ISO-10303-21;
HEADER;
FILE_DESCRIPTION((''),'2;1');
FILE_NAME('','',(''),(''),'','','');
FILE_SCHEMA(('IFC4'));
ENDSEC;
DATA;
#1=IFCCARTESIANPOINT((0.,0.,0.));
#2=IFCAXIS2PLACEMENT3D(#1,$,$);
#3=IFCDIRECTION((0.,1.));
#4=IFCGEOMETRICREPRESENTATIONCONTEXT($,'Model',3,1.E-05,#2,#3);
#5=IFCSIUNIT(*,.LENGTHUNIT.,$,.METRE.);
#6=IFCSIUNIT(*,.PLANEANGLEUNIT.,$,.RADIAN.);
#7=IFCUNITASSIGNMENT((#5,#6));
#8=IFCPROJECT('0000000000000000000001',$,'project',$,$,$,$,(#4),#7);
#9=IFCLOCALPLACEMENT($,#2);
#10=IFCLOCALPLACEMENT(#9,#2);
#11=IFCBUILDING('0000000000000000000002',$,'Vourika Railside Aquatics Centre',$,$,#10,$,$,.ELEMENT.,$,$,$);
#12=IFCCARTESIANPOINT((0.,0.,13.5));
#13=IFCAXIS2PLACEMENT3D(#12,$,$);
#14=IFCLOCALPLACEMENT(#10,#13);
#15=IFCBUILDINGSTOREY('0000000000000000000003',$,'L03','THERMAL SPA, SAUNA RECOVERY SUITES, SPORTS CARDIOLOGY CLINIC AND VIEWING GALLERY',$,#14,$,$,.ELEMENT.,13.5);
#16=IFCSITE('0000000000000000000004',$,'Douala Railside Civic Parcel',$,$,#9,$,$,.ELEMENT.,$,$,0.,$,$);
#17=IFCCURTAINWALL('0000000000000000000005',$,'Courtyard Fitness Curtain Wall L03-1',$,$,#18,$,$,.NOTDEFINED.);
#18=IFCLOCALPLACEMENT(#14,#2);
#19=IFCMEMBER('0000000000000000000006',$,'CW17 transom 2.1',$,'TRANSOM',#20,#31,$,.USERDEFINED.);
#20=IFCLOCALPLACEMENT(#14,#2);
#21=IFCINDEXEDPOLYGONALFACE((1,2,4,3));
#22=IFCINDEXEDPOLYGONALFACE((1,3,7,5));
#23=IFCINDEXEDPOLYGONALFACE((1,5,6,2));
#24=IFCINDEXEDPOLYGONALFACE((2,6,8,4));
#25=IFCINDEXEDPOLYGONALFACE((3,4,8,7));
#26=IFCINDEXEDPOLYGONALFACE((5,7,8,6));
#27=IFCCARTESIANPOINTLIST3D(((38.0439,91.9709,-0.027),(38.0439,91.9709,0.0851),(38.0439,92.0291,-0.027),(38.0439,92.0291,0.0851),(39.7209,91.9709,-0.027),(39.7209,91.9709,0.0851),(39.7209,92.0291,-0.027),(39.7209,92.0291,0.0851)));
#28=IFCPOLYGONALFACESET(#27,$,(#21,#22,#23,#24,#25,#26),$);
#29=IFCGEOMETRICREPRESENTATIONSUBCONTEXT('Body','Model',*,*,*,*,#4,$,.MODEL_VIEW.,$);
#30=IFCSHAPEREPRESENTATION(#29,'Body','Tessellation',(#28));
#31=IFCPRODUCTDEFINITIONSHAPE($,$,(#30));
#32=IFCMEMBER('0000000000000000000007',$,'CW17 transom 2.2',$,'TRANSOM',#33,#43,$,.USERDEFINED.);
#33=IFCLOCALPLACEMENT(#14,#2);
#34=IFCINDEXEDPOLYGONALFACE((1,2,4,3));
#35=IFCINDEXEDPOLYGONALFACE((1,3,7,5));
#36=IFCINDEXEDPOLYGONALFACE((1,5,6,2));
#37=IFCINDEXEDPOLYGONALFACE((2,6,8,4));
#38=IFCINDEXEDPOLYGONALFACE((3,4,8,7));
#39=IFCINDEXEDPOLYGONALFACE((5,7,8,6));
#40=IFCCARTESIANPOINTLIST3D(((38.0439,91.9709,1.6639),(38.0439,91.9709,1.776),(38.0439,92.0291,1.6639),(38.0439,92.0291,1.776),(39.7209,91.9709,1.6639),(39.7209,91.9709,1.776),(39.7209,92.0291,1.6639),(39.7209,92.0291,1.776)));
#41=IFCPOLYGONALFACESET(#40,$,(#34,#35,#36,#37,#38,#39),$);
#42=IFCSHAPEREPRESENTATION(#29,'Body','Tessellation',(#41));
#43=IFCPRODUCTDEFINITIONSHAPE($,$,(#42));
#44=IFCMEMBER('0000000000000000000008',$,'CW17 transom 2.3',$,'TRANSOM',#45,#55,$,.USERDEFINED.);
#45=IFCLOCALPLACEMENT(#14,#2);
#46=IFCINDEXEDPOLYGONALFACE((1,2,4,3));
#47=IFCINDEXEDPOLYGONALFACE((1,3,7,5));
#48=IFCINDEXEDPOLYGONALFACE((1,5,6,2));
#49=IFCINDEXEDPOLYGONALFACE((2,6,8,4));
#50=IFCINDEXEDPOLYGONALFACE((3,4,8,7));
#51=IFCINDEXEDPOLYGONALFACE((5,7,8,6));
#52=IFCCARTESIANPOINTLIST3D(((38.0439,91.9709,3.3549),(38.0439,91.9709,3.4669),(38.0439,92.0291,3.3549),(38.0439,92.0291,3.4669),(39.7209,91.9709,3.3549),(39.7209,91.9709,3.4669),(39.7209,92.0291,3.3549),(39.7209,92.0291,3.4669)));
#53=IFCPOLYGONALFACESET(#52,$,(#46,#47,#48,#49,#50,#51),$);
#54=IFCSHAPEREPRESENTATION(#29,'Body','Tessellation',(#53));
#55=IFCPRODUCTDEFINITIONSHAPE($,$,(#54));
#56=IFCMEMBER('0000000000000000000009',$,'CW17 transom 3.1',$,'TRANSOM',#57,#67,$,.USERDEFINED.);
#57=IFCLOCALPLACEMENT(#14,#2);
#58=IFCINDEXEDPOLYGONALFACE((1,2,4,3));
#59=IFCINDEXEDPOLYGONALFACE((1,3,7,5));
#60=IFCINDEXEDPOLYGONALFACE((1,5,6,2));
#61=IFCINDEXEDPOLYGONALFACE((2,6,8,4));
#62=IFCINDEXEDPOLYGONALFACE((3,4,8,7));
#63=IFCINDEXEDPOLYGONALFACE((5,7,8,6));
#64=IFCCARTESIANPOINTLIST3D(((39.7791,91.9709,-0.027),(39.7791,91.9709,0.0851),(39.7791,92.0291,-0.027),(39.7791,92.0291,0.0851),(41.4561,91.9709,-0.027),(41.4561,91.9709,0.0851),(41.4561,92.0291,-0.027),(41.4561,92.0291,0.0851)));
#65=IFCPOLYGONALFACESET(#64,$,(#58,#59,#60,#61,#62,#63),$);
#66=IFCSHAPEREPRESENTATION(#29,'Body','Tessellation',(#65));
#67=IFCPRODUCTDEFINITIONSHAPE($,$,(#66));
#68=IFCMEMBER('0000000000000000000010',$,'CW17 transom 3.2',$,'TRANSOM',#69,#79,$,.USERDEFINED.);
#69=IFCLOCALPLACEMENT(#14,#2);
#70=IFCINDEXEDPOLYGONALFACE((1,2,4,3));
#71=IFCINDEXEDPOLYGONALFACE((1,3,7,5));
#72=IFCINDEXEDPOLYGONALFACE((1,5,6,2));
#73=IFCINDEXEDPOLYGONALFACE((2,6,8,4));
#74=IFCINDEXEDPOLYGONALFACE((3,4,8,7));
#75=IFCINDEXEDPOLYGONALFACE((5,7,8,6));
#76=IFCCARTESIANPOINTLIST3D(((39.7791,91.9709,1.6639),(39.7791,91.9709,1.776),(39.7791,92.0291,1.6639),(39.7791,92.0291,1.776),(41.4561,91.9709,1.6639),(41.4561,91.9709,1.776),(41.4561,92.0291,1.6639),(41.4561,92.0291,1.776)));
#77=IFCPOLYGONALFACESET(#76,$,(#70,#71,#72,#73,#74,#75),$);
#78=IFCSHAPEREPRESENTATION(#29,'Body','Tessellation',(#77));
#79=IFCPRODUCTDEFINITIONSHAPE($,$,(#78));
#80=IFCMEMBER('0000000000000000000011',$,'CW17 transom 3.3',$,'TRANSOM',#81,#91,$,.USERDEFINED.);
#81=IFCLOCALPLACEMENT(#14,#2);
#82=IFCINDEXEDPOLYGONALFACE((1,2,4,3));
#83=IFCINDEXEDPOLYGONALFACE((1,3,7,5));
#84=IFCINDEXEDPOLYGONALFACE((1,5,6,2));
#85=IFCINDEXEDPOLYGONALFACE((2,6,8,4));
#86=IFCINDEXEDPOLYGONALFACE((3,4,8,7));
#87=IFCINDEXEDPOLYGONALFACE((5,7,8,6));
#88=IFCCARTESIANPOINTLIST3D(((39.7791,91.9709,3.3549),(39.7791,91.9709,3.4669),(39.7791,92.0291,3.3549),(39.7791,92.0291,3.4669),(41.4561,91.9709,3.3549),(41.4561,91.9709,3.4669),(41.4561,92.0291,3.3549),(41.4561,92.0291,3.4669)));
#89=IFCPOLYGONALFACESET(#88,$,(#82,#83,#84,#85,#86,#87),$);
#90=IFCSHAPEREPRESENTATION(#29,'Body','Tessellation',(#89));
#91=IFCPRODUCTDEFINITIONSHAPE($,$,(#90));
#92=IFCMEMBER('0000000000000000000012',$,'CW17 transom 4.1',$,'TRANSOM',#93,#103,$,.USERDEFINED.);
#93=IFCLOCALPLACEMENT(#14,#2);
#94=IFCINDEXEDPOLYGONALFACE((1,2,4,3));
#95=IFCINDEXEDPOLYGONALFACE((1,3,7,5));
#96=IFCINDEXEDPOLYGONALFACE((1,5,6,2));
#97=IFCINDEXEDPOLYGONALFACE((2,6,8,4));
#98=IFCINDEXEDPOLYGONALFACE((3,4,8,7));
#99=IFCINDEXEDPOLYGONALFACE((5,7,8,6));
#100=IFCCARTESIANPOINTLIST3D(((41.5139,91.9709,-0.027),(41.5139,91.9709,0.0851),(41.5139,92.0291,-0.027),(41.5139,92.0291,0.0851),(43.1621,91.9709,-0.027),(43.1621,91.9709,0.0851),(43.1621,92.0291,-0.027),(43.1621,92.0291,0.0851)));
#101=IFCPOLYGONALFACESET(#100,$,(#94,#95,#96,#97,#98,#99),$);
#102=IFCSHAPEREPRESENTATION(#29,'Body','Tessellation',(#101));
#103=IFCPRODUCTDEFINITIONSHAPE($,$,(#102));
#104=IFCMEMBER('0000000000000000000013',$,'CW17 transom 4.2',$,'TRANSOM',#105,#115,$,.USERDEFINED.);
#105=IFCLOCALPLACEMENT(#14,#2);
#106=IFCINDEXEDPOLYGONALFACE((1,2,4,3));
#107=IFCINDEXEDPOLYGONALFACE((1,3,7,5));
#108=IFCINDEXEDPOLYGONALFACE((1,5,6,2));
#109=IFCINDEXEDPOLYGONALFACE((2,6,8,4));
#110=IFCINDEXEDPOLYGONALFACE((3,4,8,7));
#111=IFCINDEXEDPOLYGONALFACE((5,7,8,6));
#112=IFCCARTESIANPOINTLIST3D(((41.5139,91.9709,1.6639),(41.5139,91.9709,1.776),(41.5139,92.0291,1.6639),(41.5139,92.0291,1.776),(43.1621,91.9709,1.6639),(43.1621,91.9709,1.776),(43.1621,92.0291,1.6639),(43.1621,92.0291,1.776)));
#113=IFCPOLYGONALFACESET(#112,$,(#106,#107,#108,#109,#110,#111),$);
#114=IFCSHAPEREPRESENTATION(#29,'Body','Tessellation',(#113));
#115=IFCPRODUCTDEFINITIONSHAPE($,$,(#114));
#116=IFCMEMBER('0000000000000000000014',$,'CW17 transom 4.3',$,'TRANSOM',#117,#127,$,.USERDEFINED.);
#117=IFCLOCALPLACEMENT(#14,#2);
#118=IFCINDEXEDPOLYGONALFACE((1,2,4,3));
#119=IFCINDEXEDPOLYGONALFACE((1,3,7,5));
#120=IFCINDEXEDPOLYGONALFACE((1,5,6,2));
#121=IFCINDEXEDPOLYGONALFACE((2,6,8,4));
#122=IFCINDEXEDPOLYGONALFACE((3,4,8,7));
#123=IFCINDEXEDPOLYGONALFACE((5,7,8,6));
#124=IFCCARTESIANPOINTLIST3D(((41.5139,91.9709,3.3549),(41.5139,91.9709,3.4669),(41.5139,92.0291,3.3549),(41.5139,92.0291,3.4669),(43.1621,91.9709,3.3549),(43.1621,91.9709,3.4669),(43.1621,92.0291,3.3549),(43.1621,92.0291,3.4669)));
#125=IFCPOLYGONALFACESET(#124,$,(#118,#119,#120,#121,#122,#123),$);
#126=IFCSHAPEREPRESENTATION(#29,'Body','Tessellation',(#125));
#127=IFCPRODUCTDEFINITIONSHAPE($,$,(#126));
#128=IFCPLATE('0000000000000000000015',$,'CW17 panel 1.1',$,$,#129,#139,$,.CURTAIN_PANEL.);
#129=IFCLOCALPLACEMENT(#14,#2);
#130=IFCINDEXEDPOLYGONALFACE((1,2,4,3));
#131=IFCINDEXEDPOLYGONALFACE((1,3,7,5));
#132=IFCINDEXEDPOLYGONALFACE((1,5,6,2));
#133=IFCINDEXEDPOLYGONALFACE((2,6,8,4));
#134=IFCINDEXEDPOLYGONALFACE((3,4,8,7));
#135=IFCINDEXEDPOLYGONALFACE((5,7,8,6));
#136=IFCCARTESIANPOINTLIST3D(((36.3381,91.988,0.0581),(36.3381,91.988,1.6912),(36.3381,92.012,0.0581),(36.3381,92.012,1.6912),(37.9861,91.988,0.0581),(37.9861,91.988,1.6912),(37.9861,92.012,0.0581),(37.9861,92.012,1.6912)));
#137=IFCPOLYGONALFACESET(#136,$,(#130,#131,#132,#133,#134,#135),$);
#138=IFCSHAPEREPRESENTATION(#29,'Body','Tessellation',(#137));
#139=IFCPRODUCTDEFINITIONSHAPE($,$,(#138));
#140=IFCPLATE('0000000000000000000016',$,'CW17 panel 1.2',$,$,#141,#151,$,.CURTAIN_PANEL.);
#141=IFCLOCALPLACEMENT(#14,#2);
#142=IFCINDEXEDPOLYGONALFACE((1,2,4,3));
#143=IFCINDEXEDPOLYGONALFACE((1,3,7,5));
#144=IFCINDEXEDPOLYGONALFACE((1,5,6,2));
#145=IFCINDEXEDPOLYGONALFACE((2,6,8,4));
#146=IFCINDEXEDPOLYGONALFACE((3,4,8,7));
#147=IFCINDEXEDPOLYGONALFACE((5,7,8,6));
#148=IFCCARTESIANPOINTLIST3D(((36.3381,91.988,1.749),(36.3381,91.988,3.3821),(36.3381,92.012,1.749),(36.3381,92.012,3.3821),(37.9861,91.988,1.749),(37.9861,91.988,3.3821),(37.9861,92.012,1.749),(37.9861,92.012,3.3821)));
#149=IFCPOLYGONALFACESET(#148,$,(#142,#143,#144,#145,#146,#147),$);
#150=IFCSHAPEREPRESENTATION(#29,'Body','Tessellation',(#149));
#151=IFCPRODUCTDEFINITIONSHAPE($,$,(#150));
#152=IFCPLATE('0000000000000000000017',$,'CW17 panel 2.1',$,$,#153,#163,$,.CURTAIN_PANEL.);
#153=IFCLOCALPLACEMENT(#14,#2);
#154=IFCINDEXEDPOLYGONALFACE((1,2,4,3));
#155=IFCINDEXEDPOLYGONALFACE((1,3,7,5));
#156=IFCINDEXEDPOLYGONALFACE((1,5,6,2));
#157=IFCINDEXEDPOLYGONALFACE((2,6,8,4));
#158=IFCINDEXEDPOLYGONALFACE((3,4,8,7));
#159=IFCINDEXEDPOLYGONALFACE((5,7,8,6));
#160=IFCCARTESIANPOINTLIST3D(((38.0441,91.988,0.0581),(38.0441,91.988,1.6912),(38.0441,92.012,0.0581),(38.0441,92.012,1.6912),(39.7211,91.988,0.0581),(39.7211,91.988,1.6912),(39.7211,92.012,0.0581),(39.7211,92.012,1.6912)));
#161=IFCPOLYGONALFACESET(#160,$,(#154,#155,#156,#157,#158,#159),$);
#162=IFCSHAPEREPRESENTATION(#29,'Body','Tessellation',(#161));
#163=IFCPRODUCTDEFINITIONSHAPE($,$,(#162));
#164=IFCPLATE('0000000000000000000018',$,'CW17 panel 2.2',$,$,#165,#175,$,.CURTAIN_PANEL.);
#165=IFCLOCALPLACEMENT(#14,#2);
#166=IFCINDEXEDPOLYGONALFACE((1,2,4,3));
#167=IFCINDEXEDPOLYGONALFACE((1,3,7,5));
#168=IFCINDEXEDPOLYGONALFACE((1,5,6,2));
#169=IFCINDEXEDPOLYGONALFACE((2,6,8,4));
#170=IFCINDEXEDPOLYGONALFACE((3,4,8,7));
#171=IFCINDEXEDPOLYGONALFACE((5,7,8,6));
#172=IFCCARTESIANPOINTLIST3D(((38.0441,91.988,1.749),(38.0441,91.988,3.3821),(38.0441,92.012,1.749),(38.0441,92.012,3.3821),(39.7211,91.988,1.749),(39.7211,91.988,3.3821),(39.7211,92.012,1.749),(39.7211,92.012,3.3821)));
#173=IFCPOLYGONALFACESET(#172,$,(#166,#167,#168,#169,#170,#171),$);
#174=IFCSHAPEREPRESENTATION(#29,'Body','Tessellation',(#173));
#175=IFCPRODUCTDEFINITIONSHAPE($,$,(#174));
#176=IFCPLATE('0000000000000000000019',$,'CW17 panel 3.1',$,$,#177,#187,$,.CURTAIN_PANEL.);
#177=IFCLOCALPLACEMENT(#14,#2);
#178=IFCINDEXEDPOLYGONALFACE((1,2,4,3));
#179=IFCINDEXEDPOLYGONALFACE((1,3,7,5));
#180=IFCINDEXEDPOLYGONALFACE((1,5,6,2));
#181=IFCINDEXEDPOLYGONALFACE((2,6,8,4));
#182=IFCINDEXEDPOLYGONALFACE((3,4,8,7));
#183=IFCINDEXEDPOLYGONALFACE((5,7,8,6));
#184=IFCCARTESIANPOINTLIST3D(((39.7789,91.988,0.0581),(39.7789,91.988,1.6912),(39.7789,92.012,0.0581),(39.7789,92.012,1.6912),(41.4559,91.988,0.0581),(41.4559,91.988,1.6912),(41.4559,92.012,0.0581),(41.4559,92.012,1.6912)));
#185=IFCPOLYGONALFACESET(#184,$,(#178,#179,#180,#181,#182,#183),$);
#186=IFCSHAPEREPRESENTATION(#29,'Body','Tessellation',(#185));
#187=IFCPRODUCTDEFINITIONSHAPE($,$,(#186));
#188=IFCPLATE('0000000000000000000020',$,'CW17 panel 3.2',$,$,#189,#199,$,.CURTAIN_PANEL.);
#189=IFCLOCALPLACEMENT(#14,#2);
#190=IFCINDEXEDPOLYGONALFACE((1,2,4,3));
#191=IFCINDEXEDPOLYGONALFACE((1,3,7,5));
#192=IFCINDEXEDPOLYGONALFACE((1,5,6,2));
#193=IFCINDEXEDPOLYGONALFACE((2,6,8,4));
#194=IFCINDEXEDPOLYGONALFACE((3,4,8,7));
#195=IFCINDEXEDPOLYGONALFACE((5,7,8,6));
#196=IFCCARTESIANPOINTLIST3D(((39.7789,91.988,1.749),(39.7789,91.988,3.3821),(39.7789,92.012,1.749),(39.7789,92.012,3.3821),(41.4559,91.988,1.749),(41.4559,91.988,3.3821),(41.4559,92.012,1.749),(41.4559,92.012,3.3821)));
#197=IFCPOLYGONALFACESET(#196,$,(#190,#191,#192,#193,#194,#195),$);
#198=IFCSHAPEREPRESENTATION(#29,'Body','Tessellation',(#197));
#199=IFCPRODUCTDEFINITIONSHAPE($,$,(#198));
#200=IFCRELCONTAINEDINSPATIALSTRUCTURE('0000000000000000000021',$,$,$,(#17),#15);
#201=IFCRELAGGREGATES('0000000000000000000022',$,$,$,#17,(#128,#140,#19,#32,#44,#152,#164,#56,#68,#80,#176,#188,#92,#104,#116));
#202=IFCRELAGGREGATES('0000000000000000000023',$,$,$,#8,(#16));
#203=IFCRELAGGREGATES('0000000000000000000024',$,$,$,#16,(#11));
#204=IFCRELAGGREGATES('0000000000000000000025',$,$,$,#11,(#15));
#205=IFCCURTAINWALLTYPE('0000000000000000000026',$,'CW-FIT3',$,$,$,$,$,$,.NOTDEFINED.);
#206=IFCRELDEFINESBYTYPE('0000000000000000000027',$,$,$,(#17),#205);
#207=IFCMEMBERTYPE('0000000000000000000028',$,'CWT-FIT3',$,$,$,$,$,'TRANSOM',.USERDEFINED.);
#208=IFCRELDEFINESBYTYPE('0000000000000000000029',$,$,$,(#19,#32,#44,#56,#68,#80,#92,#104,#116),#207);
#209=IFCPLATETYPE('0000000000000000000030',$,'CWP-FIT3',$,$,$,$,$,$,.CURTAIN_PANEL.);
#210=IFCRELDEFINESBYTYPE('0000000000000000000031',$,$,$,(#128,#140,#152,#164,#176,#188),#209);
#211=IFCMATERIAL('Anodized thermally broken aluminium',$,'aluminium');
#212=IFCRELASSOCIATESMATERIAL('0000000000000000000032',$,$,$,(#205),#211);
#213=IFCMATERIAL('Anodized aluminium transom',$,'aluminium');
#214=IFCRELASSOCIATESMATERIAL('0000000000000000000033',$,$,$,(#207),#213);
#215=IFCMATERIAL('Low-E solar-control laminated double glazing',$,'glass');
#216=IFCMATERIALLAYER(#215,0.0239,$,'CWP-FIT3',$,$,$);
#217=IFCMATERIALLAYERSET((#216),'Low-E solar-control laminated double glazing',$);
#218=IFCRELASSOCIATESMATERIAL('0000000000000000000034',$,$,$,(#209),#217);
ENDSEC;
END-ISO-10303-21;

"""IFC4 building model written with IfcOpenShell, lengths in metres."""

from ifc_helpers import new_model, si_unit, direction, frame, origin, origin_2d, place, context, subcontext, project, spatial, rectangle, extrude, material, layer, layer_set, material_profile, profile_set, type_object, element, aggregate, save


model = new_model("IFC4")

# Units and contexts
model_context = context("Model", 3, precision=1e-05, world=origin(), true_north=direction((0.0, 1.0)))
body_context = subcontext(model_context, "Body", "Model", "MODEL_VIEW")
ifc_project = project(units=[si_unit("LENGTHUNIT", "METRE"), si_unit("PLANEANGLEUNIT", "RADIAN")], contexts=[model_context])

# Site, building, storey
site_placement = place(None, origin())
site = spatial("IfcSite", under=ifc_project, at=site_placement, Name="Douala Railside Civic Parcel", CompositionType="ELEMENT", RefElevation=0.0)
building_placement = place(site_placement, origin())
building = spatial("IfcBuilding", under=site, at=building_placement, Name="Vourika Railside Aquatics Centre", CompositionType="ELEMENT")
storey_placement = place(building_placement, frame((0.0, 0.0, 13.5)))
storey = spatial("IfcBuildingStorey", under=building, at=storey_placement, Name="L03", Description="THERMAL SPA, SAUNA RECOVERY SUITES, SPORTS CARDIOLOGY CLINIC AND VIEWING GALLERY", CompositionType="ELEMENT", Elevation=13.5)

# Curtain wall, members, plates
ifc_material_1 = material(Name="Anodized thermally broken aluminium", Category="aluminium")
curtain_wall_type = type_object("IfcCurtainWallType", Name="CW-FIT3", PredefinedType="NOTDEFINED", material=ifc_material_1)
curtain_wall_placement = place(storey_placement, origin())
curtain_wall = element("IfcCurtainWall", 1, at=curtain_wall_placement, inside=storey, type_object=curtain_wall_type, Name="Courtyard Fitness Curtain Wall L03-1", PredefinedType="NOTDEFINED")
ifc_material_2 = material(Name="Anodized aluminium transom", Category="aluminium")
ifc_material_profile_1 = material_profile(ifc_material_2, rectangle(XDim=0.0581, YDim=0.1121, at=origin_2d()), Name="ALU-T 58x112")
ifc_profile_set_1 = profile_set([ifc_material_profile_1], Name="Anodized aluminium transom")
member_type_1 = type_object("IfcMemberType", Name="CWT-FIT3", ElementType="TRANSOM", PredefinedType="USERDEFINED", material=ifc_profile_set_1)
member_1_placement = place(storey_placement, frame((38.0439, 92.0, 0.0291), z_axis=(1.0, 0.0, 0.0), x_axis=(0.0, 1.0, 0.0)))
member_1 = element("IfcMember", 2, at=member_1_placement, type_object=member_type_1, Name="CW17 transom 2.1", ObjectType="TRANSOM", PredefinedType="USERDEFINED", context=body_context, shape_type="SweptSolid", body=[
    extrude(rectangle(XDim=0.0581, YDim=0.1121, at=origin_2d()), origin(), (0.0, 0.0, 1.0), 1.677),
])
member_2_placement = place(storey_placement, frame((38.0439, 92.0, 1.72), z_axis=(1.0, 0.0, 0.0), x_axis=(0.0, 1.0, 0.0)))
member_2 = element("IfcMember", 3, at=member_2_placement, type_object=member_type_1, Name="CW17 transom 2.2", ObjectType="TRANSOM", PredefinedType="USERDEFINED", context=body_context, shape_type="SweptSolid", body=[
    extrude(rectangle(XDim=0.0581, YDim=0.1121, at=origin_2d()), origin(), (0.0, 0.0, 1.0), 1.677),
])
member_3_placement = place(storey_placement, frame((38.0439, 92.0, 3.4109), z_axis=(1.0, 0.0, 0.0), x_axis=(0.0, 1.0, 0.0)))
member_3 = element("IfcMember", 4, at=member_3_placement, type_object=member_type_1, Name="CW17 transom 2.3", ObjectType="TRANSOM", PredefinedType="USERDEFINED", context=body_context, shape_type="SweptSolid", body=[
    extrude(rectangle(XDim=0.0581, YDim=0.1121, at=origin_2d()), origin(), (0.0, 0.0, 1.0), 1.677),
])
member_4_placement = place(storey_placement, frame((39.7791, 92.0, 0.0291), z_axis=(1.0, 0.0, 0.0), x_axis=(0.0, 1.0, 0.0)))
member_4 = element("IfcMember", 5, at=member_4_placement, type_object=member_type_1, Name="CW17 transom 3.1", ObjectType="TRANSOM", PredefinedType="USERDEFINED", context=body_context, shape_type="SweptSolid", body=[
    extrude(rectangle(XDim=0.0581, YDim=0.1121, at=origin_2d()), origin(), (0.0, 0.0, 1.0), 1.677),
])
member_5_placement = place(storey_placement, frame((39.7791, 92.0, 1.72), z_axis=(1.0, 0.0, 0.0), x_axis=(0.0, 1.0, 0.0)))
member_5 = element("IfcMember", 6, at=member_5_placement, type_object=member_type_1, Name="CW17 transom 3.2", ObjectType="TRANSOM", PredefinedType="USERDEFINED", context=body_context, shape_type="SweptSolid", body=[
    extrude(rectangle(XDim=0.0581, YDim=0.1121, at=origin_2d()), origin(), (0.0, 0.0, 1.0), 1.677),
])
member_6_placement = place(storey_placement, frame((39.7791, 92.0, 3.4109), z_axis=(1.0, 0.0, 0.0), x_axis=(0.0, 1.0, 0.0)))
member_6 = element("IfcMember", 7, at=member_6_placement, type_object=member_type_1, Name="CW17 transom 3.3", ObjectType="TRANSOM", PredefinedType="USERDEFINED", context=body_context, shape_type="SweptSolid", body=[
    extrude(rectangle(XDim=0.0581, YDim=0.1121, at=origin_2d()), origin(), (0.0, 0.0, 1.0), 1.677),
])
member_7_placement = place(storey_placement, frame((41.5139, 92.0, 0.0291), z_axis=(1.0, 0.0, 0.0), x_axis=(0.0, 1.0, 0.0)))
member_7 = element("IfcMember", 8, at=member_7_placement, type_object=member_type_1, Name="CW17 transom 4.1", ObjectType="TRANSOM", PredefinedType="USERDEFINED", context=body_context, shape_type="SweptSolid", body=[
    extrude(rectangle(XDim=0.0581, YDim=0.1121, at=origin_2d()), origin(), (0.0, 0.0, 1.0), 1.6482),
])
member_8_placement = place(storey_placement, frame((41.5139, 92.0, 1.72), z_axis=(1.0, 0.0, 0.0), x_axis=(0.0, 1.0, 0.0)))
member_8 = element("IfcMember", 9, at=member_8_placement, type_object=member_type_1, Name="CW17 transom 4.2", ObjectType="TRANSOM", PredefinedType="USERDEFINED", context=body_context, shape_type="SweptSolid", body=[
    extrude(rectangle(XDim=0.0581, YDim=0.1121, at=origin_2d()), origin(), (0.0, 0.0, 1.0), 1.6482),
])
member_9_placement = place(storey_placement, frame((41.5139, 92.0, 3.4109), z_axis=(1.0, 0.0, 0.0), x_axis=(0.0, 1.0, 0.0)))
member_9 = element("IfcMember", 10, at=member_9_placement, type_object=member_type_1, Name="CW17 transom 4.3", ObjectType="TRANSOM", PredefinedType="USERDEFINED", context=body_context, shape_type="SweptSolid", body=[
    extrude(rectangle(XDim=0.0581, YDim=0.1121, at=origin_2d()), origin(), (0.0, 0.0, 1.0), 1.6482),
])
ifc_material_3 = material(Name="Low-E solar-control laminated double glazing", Category="glass")
ifc_layer = layer(ifc_material_3, 0.0239, Name="CWP-FIT3")
ifc_layer_set = layer_set([ifc_layer], Name="Low-E solar-control laminated double glazing")
plate_type = type_object("IfcPlateType", Name="CWP-FIT3", PredefinedType="CURTAIN_PANEL", material=ifc_layer_set)
plate_1_placement = place(storey_placement, frame((37.1621, 92.0, 0.0581), z_axis=(0.0, 0.0, 1.0), x_axis=(1.0, 0.0, 0.0)))
plate_1 = element("IfcPlate", 11, at=plate_1_placement, type_object=plate_type, Name="CW17 panel 1.1", PredefinedType="CURTAIN_PANEL", context=body_context, shape_type="SweptSolid", body=[
    extrude(rectangle(XDim=1.6479, YDim=0.0239, at=origin_2d()), origin(), (0.0, 0.0, 1.0), 1.6331),
])
plate_2_placement = place(storey_placement, frame((37.1621, 92.0, 1.749), z_axis=(0.0, 0.0, 1.0), x_axis=(1.0, 0.0, 0.0)))
plate_2 = element("IfcPlate", 12, at=plate_2_placement, type_object=plate_type, Name="CW17 panel 1.2", PredefinedType="CURTAIN_PANEL", context=body_context, shape_type="SweptSolid", body=[
    extrude(rectangle(XDim=1.6479, YDim=0.0239, at=origin_2d()), origin(), (0.0, 0.0, 1.0), 1.6331),
])
plate_3_placement = place(storey_placement, frame((38.8826, 92.0, 0.0581), z_axis=(0.0, 0.0, 1.0), x_axis=(1.0, 0.0, 0.0)))
plate_3 = element("IfcPlate", 13, at=plate_3_placement, type_object=plate_type, Name="CW17 panel 2.1", PredefinedType="CURTAIN_PANEL", context=body_context, shape_type="SweptSolid", body=[
    extrude(rectangle(XDim=1.677, YDim=0.0239, at=origin_2d()), origin(), (0.0, 0.0, 1.0), 1.6331),
])
plate_4_placement = place(storey_placement, frame((38.8826, 92.0, 1.749), z_axis=(0.0, 0.0, 1.0), x_axis=(1.0, 0.0, 0.0)))
plate_4 = element("IfcPlate", 14, at=plate_4_placement, type_object=plate_type, Name="CW17 panel 2.2", PredefinedType="CURTAIN_PANEL", context=body_context, shape_type="SweptSolid", body=[
    extrude(rectangle(XDim=1.677, YDim=0.0239, at=origin_2d()), origin(), (0.0, 0.0, 1.0), 1.6331),
])
plate_5_placement = place(storey_placement, frame((40.6174, 92.0, 0.0581), z_axis=(0.0, 0.0, 1.0), x_axis=(1.0, 0.0, 0.0)))
plate_5 = element("IfcPlate", 15, at=plate_5_placement, type_object=plate_type, Name="CW17 panel 3.1", PredefinedType="CURTAIN_PANEL", context=body_context, shape_type="SweptSolid", body=[
    extrude(rectangle(XDim=1.677, YDim=0.0239, at=origin_2d()), origin(), (0.0, 0.0, 1.0), 1.6331),
])
plate_6_placement = place(storey_placement, frame((40.6174, 92.0, 1.749), z_axis=(0.0, 0.0, 1.0), x_axis=(1.0, 0.0, 0.0)))
plate_6 = element("IfcPlate", 16, at=plate_6_placement, type_object=plate_type, Name="CW17 panel 3.2", PredefinedType="CURTAIN_PANEL", context=body_context, shape_type="SweptSolid", body=[
    extrude(rectangle(XDim=1.677, YDim=0.0239, at=origin_2d()), origin(), (0.0, 0.0, 1.0), 1.6331),
])
aggregate(curtain_wall, [plate_1, plate_2, member_1, member_2, member_3, plate_3, plate_4, member_4, member_5, member_6, plate_5, plate_6, member_7, member_8, member_9])

save(model, "model.ifc")
